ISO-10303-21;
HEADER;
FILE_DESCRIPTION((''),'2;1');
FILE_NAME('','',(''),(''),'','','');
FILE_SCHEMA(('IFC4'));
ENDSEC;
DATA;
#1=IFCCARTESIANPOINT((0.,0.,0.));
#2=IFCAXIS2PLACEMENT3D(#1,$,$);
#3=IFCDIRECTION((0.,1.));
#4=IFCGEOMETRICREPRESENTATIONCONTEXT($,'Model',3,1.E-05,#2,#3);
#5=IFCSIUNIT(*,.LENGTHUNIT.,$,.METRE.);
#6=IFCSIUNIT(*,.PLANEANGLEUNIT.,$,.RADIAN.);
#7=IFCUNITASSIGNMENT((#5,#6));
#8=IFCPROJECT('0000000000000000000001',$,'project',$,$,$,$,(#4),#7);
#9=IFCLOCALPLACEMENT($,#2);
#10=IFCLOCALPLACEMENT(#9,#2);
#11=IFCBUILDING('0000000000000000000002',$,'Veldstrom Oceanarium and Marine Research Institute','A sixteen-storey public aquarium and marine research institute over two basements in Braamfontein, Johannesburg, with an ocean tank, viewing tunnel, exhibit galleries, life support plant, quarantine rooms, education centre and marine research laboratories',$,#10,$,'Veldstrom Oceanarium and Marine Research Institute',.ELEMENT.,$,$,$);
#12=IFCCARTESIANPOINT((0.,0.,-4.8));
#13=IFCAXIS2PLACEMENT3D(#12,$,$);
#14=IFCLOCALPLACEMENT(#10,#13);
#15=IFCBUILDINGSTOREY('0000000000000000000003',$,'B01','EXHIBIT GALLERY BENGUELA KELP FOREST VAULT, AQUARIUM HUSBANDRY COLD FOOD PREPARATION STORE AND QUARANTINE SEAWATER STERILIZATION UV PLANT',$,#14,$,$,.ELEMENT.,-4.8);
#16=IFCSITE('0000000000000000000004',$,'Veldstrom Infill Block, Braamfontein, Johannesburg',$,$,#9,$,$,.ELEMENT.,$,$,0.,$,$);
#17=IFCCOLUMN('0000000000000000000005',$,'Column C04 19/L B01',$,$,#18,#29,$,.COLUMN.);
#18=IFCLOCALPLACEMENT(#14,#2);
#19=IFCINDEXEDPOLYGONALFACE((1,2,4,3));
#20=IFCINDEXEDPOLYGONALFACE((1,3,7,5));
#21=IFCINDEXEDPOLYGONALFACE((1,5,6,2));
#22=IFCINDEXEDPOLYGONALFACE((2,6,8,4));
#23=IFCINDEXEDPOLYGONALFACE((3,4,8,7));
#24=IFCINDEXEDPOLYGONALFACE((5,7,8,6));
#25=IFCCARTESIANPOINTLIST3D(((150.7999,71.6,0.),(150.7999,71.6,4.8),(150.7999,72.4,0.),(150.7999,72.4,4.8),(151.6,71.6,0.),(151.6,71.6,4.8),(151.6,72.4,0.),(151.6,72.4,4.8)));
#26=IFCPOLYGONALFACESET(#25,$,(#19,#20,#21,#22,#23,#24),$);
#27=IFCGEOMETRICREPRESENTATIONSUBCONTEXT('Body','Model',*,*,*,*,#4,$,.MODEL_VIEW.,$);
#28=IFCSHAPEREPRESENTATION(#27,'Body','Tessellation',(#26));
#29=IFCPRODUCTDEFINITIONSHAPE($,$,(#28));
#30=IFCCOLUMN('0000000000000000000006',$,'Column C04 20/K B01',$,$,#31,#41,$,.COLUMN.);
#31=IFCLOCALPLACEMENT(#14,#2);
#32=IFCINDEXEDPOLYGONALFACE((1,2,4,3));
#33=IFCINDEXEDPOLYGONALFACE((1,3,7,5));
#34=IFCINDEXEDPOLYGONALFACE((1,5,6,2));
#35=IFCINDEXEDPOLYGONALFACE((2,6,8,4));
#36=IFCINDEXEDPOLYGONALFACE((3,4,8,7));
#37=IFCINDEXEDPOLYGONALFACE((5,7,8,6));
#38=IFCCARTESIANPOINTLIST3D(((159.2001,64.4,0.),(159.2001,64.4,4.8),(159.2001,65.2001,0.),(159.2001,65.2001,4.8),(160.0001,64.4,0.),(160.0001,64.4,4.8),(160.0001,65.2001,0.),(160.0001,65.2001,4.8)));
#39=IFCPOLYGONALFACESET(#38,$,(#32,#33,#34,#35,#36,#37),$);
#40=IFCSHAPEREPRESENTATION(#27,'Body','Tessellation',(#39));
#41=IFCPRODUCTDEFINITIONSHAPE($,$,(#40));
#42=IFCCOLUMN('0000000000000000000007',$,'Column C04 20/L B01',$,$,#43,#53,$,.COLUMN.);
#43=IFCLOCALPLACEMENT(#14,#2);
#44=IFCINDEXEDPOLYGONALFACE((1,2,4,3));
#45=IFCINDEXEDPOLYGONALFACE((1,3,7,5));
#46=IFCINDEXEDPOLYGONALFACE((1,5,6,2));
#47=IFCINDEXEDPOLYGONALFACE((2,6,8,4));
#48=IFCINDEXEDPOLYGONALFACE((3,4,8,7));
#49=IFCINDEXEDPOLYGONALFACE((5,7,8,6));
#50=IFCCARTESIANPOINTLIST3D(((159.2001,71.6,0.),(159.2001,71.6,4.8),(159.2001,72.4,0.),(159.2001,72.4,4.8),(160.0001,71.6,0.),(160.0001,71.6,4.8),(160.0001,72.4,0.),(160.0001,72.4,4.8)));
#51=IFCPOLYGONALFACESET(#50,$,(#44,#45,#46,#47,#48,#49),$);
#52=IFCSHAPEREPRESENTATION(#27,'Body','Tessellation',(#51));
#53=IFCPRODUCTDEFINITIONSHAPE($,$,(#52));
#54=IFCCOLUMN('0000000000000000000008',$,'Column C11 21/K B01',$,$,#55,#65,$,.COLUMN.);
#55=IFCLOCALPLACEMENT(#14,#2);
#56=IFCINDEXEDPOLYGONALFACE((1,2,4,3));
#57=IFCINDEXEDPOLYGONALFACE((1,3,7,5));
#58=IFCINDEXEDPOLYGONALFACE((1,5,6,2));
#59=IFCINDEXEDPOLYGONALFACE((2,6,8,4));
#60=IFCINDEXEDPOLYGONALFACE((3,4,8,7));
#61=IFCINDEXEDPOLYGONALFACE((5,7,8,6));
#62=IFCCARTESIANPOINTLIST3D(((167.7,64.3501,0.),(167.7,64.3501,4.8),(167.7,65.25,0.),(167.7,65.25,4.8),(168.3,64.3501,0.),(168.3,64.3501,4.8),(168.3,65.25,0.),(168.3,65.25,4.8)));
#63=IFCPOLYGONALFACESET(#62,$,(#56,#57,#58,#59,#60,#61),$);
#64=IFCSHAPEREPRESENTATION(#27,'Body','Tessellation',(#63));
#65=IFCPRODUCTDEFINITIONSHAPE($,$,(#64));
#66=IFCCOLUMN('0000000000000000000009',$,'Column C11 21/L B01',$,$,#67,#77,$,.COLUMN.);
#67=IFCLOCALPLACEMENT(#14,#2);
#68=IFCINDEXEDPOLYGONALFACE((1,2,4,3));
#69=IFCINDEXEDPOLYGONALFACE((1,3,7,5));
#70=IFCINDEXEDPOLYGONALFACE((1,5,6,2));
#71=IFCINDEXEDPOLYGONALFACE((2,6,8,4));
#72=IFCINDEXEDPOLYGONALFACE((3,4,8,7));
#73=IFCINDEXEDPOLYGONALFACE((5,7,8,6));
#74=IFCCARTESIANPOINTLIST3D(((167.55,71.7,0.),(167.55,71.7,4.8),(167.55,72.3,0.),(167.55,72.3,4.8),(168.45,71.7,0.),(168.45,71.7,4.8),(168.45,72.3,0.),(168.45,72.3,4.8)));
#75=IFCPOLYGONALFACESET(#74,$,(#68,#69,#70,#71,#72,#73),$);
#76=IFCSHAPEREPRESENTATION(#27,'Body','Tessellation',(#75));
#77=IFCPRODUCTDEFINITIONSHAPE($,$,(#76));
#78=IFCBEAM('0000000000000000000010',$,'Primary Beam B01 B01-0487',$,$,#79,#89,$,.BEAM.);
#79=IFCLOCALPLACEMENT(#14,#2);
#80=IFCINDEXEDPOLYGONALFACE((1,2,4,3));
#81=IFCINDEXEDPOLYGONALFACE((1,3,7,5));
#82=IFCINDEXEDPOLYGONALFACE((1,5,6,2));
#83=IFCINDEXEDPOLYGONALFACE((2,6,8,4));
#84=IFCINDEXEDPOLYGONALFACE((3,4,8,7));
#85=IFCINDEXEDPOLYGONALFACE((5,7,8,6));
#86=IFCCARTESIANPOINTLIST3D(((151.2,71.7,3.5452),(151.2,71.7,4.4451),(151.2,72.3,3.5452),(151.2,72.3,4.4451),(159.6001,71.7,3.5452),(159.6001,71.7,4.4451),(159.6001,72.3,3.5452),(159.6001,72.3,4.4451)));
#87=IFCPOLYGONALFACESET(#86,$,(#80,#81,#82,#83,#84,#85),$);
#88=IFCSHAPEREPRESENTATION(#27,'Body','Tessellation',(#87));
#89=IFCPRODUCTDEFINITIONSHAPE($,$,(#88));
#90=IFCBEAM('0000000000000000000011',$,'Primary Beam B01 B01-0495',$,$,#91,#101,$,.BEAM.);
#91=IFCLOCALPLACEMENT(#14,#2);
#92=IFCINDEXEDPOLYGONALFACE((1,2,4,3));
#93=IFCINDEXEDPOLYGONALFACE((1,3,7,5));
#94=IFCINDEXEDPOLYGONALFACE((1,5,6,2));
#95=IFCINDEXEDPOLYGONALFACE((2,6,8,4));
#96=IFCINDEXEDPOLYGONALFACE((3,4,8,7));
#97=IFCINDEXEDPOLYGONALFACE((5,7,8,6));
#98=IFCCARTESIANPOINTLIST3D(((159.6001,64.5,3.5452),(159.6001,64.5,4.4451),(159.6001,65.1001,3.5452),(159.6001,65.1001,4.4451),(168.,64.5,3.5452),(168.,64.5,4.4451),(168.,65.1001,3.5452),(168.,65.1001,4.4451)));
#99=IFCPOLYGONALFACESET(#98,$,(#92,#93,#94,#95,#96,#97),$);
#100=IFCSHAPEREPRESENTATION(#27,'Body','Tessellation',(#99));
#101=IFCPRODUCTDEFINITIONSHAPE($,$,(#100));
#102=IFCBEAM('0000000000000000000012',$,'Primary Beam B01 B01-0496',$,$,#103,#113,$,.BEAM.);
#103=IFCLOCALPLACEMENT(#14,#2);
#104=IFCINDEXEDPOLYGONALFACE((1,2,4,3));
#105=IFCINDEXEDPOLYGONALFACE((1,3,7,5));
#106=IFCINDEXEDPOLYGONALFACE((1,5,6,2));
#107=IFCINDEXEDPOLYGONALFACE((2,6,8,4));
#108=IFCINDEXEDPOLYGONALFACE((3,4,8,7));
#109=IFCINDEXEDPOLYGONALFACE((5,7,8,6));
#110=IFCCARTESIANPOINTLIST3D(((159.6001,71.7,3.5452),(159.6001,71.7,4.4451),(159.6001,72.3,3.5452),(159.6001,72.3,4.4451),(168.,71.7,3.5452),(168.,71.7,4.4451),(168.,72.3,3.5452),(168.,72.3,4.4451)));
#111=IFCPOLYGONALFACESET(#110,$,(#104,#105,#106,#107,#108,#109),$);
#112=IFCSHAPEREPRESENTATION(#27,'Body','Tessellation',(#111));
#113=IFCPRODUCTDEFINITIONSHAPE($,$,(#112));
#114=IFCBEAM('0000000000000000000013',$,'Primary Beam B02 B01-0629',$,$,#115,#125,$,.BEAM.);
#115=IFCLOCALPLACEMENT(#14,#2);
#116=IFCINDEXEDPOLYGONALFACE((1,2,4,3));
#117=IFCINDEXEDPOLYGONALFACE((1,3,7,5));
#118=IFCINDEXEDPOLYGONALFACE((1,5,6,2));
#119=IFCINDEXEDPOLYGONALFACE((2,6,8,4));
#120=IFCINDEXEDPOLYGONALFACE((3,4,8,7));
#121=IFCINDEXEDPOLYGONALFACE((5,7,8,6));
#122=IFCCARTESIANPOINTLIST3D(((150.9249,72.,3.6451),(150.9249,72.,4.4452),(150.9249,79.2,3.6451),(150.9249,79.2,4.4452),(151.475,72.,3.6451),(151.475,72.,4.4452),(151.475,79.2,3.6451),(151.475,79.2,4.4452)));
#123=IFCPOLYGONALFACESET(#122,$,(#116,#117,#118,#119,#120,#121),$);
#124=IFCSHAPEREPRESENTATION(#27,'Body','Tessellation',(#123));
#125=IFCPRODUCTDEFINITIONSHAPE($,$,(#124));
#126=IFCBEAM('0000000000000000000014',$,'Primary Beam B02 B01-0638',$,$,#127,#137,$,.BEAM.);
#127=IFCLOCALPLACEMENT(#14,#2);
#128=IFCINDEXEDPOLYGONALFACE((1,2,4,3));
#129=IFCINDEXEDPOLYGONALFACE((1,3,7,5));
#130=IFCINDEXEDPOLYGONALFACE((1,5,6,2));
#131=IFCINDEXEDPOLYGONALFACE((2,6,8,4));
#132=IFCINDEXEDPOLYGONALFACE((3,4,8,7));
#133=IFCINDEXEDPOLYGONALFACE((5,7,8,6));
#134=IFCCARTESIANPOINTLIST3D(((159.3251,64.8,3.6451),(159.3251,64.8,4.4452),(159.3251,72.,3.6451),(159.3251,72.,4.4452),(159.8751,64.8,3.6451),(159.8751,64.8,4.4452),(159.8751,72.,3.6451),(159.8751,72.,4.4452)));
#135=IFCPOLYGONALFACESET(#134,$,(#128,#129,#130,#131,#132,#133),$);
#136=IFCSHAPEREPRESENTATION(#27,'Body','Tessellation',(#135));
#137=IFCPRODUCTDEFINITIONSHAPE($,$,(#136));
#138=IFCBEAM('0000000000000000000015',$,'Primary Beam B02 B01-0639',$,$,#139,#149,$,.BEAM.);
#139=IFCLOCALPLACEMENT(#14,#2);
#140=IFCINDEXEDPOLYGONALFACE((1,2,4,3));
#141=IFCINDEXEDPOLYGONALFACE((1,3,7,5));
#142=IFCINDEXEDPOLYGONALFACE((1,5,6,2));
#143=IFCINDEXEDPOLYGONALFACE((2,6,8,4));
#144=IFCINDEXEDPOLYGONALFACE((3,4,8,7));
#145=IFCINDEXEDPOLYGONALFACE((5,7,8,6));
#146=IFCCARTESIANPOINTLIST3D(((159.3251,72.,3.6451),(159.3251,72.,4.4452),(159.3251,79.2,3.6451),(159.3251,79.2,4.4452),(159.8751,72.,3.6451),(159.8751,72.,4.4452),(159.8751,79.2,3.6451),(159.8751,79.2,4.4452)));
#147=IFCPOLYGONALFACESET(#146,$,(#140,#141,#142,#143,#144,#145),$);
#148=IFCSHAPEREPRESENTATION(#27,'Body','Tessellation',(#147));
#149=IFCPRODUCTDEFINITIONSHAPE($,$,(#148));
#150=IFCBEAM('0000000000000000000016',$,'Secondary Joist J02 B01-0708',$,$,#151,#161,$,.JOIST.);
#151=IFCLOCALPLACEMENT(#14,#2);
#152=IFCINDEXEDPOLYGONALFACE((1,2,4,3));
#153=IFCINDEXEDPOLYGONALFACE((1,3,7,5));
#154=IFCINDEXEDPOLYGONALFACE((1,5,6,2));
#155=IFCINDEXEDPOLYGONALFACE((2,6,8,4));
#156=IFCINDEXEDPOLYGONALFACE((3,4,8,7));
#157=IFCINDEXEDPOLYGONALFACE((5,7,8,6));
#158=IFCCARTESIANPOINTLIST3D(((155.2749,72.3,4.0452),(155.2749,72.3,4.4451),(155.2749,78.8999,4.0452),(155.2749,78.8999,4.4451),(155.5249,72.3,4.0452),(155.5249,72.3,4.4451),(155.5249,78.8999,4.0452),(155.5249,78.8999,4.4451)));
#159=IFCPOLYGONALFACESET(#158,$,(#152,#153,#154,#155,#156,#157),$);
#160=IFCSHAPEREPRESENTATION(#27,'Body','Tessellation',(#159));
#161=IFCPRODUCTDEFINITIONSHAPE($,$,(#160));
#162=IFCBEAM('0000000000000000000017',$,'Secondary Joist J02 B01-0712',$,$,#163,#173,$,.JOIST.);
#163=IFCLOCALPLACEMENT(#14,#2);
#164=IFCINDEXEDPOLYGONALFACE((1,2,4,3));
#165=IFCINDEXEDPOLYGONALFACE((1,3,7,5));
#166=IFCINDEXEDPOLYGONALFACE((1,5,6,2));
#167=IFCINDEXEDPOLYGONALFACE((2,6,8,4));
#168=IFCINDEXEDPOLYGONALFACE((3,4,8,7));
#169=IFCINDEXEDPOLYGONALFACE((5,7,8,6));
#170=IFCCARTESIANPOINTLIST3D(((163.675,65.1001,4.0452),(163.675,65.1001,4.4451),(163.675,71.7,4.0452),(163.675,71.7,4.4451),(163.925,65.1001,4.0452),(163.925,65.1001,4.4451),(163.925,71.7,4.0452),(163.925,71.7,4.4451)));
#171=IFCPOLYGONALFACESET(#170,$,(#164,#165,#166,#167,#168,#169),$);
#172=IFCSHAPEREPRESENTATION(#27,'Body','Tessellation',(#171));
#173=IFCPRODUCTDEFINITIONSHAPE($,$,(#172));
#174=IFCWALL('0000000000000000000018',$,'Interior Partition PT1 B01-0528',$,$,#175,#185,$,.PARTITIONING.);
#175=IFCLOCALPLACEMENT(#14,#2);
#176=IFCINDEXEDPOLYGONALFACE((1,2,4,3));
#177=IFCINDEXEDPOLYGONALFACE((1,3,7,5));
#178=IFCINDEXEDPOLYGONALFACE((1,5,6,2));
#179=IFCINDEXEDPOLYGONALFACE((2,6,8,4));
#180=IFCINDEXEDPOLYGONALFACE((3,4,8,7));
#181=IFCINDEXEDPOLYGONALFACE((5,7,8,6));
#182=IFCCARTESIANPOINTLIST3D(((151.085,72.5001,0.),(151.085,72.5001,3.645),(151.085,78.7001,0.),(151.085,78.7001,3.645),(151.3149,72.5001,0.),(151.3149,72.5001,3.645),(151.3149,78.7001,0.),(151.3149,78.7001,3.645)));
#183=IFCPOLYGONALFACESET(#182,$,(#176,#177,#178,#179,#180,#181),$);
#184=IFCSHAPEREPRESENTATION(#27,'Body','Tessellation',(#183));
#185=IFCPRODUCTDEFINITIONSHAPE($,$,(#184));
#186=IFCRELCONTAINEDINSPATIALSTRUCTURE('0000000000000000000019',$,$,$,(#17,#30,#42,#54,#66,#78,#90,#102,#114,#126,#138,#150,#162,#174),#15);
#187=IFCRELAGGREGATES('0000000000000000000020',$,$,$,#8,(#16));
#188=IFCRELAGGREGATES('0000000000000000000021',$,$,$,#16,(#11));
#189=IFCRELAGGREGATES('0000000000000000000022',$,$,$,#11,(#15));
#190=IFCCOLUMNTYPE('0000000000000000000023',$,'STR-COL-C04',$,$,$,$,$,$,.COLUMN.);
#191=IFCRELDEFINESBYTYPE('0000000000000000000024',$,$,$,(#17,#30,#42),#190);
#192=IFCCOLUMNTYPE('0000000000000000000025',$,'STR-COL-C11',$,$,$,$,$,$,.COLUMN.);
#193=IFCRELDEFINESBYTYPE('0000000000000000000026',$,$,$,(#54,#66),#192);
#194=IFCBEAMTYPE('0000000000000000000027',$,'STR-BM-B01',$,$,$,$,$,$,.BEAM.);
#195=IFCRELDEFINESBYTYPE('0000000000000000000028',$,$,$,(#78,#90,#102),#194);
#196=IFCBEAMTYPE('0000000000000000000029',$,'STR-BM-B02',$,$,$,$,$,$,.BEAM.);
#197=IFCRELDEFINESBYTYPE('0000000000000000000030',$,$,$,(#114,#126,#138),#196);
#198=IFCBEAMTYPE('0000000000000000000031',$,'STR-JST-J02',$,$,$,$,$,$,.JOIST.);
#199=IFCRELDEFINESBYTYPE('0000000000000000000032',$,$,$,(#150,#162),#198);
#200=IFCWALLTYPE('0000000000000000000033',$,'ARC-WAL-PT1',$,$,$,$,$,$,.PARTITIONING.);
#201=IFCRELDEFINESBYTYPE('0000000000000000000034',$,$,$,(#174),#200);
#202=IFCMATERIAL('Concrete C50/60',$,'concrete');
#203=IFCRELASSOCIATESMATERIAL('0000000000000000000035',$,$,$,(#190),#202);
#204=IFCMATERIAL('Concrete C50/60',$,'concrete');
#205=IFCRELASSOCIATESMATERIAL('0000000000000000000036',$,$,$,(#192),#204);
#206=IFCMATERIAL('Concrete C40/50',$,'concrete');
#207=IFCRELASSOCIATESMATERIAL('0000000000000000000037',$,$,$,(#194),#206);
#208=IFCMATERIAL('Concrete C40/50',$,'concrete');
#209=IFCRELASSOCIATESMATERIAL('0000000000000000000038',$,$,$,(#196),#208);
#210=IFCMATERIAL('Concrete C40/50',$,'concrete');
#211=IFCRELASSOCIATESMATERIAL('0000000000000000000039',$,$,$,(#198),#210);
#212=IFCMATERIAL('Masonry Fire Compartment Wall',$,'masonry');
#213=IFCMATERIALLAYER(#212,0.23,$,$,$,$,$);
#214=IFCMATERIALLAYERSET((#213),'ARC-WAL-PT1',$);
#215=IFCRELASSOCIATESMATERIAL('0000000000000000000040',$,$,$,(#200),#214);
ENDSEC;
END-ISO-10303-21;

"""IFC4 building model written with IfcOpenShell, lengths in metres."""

from ifc_helpers import new_model, si_unit, direction, frame, frame_2d, origin, origin_2d, place, context, subcontext, project, spatial, rectangle, extrude, material, layer, layer_set, material_profile, profile_set, type_object, element, save


model = new_model("IFC4")

# Units and contexts
model_context = context("Model", 3, precision=1e-05, world=origin(), true_north=direction((0.0, 1.0)))
body_context = subcontext(model_context, "Body", "Model", "MODEL_VIEW")
ifc_project = project(units=[si_unit("LENGTHUNIT", "METRE"), si_unit("PLANEANGLEUNIT", "RADIAN")], contexts=[model_context])

# Site, building, storey
site_placement = place(None, origin())
site = spatial("IfcSite", under=ifc_project, at=site_placement, Name="Veldstrom Infill Block, Braamfontein, Johannesburg", CompositionType="ELEMENT", RefElevation=0.0)
building_placement = place(site_placement, origin())
building = spatial("IfcBuilding", under=site, at=building_placement, Name="Veldstrom Oceanarium and Marine Research Institute", Description="A sixteen-storey public aquarium and marine research institute over two basements in Braamfontein, Johannesburg, with an ocean tank, viewing tunnel, exhibit galleries, life support plant, quarantine rooms, education centre and marine research laboratories", LongName="Veldstrom Oceanarium and Marine Research Institute", CompositionType="ELEMENT")
storey_placement = place(building_placement, frame((0.0, 0.0, -4.8)))
storey = spatial("IfcBuildingStorey", under=building, at=storey_placement, Name="B01", Description="EXHIBIT GALLERY BENGUELA KELP FOREST VAULT, AQUARIUM HUSBANDRY COLD FOOD PREPARATION STORE AND QUARANTINE SEAWATER STERILIZATION UV PLANT", CompositionType="ELEMENT", Elevation=-4.8)

# Columns
ifc_material_1 = material(Name="Concrete C50/60", Category="concrete")
ifc_material_profile_1 = material_profile(ifc_material_1, rectangle(XDim=0.8, YDim=0.8, at=origin_2d()), Name="RC-COL-800x800")
ifc_profile_set_1 = profile_set([ifc_material_profile_1], Name="Concrete C50/60")
column_type_1 = type_object("IfcColumnType", Name="STR-COL-C04", PredefinedType="COLUMN", material=ifc_profile_set_1)
for number, where, z_axis, x_axis, name in (
    (1, (151.2, 72.0, 0.0), (0.0, 0.0, 1.0), (1.0, 0.0, 0.0), "Column C04 19/L B01"),
    (2, (159.6001, 64.8, 0.0), (0.0, 0.0, 1.0), (1.0, 0.0, 0.0), "Column C04 20/K B01"),
    (3, (159.6001, 72.0, 0.0), (0.0, 0.0, 1.0), (1.0, 0.0, 0.0), "Column C04 20/L B01"),
):
    element("IfcColumn", number, at=place(storey_placement, frame(where, z_axis=z_axis, x_axis=x_axis)), inside=storey, type_object=column_type_1, Name=name, PredefinedType="COLUMN", context=body_context, shape_type="SweptSolid", body=[
        extrude(rectangle(XDim=0.8, YDim=0.8, at=origin_2d()), origin(), (0.0, 0.0, 1.0), 4.8),
    ])
ifc_material_2 = material(Name="Concrete C50/60", Category="concrete")
ifc_material_profile_2 = material_profile(ifc_material_2, rectangle(XDim=0.6001, YDim=0.8999, at=origin_2d()), Name="RC-COL-900x600")
ifc_profile_set_2 = profile_set([ifc_material_profile_2], Name="Concrete C50/60")
column_type_2 = type_object("IfcColumnType", Name="STR-COL-C11", PredefinedType="COLUMN", material=ifc_profile_set_2)
for number, where, z_axis, x_axis, name in (
    (4, (168.0, 64.8, 0.0), (0.0, 0.0, 1.0), (1.0, 0.0, 0.0), "Column C11 21/K B01"),
    (5, (168.0, 72.0, 0.0), (0.0, 0.0, 1.0), (0.0, 1.0, 0.0), "Column C11 21/L B01"),
):
    element("IfcColumn", number, at=place(storey_placement, frame(where, z_axis=z_axis, x_axis=x_axis)), inside=storey, type_object=column_type_2, Name=name, PredefinedType="COLUMN", context=body_context, shape_type="SweptSolid", body=[
        extrude(rectangle(XDim=0.6001, YDim=0.8999, at=origin_2d()), origin(), (0.0, 0.0, 1.0), 4.8),
    ])

# Beams
ifc_material_3 = material(Name="Concrete C40/50", Category="concrete")
ifc_material_profile_3 = material_profile(ifc_material_3, rectangle(XDim=0.6001, YDim=0.8999, at=origin_2d()), Name="RC-BM-600x900")
ifc_profile_set_3 = profile_set([ifc_material_profile_3], Name="Concrete C40/50")
beam_type_1 = type_object("IfcBeamType", Name="STR-BM-B01", PredefinedType="BEAM", material=ifc_profile_set_3)
beam_placement = place(storey_placement, frame((151.2, 72.0, 3.9951), z_axis=(1.0, 0.0, 0.0), x_axis=(0.0, 1.0, 0.0)))
element("IfcBeam", 6, at=beam_placement, inside=storey, type_object=beam_type_1, Name="Primary Beam B01 B01-0487", PredefinedType="BEAM", context=body_context, shape_type="SweptSolid", body=[
    extrude(rectangle(XDim=0.6001, YDim=0.8999, at=origin_2d()), origin(), (0.0, 0.0, 1.0), 8.4001),
])
for number, where, z_axis, x_axis, name in (
    (7, (159.6001, 64.8, 3.9951), (1.0, 0.0, 0.0), (0.0, 1.0, 0.0), "Primary Beam B01 B01-0495"),
    (8, (159.6001, 72.0, 3.9951), (1.0, 0.0, 0.0), (0.0, 1.0, 0.0), "Primary Beam B01 B01-0496"),
):
    element("IfcBeam", number, at=place(storey_placement, frame(where, z_axis=z_axis, x_axis=x_axis)), inside=storey, type_object=beam_type_1, Name=name, PredefinedType="BEAM", context=body_context, shape_type="SweptSolid", body=[
        extrude(rectangle(XDim=0.6001, YDim=0.8999, at=origin_2d()), origin(), (0.0, 0.0, 1.0), 8.3999),
    ])
ifc_material_4 = material(Name="Concrete C40/50", Category="concrete")
ifc_material_profile_4 = material_profile(ifc_material_4, rectangle(XDim=0.55, YDim=0.8, at=origin_2d()), Name="RC-BM-550x800")
ifc_profile_set_4 = profile_set([ifc_material_profile_4], Name="Concrete C40/50")
beam_type_2 = type_object("IfcBeamType", Name="STR-BM-B02", PredefinedType="BEAM", material=ifc_profile_set_4)
for number, where, z_axis, x_axis, name in (
    (9, (151.2, 72.0, 4.0452), (0.0, 1.0, 0.0), (-1.0, 0.0, 0.0), "Primary Beam B02 B01-0629"),
    (10, (159.6001, 64.8, 4.0452), (0.0, 1.0, 0.0), (-1.0, 0.0, 0.0), "Primary Beam B02 B01-0638"),
    (11, (159.6001, 72.0, 4.0452), (0.0, 1.0, 0.0), (-1.0, 0.0, 0.0), "Primary Beam B02 B01-0639"),
):
    element("IfcBeam", number, at=place(storey_placement, frame(where, z_axis=z_axis, x_axis=x_axis)), inside=storey, type_object=beam_type_2, Name=name, PredefinedType="BEAM", context=body_context, shape_type="SweptSolid", body=[
        extrude(rectangle(XDim=0.55, YDim=0.8, at=origin_2d()), origin(), (0.0, 0.0, 1.0), 7.2),
    ])
ifc_material_5 = material(Name="Concrete C40/50", Category="concrete")
ifc_material_profile_5 = material_profile(ifc_material_5, rectangle(XDim=0.25, YDim=0.3999, at=origin_2d()), Name="RC-JST-250x400")
ifc_profile_set_5 = profile_set([ifc_material_profile_5], Name="Concrete C40/50")
beam_type_3 = type_object("IfcBeamType", Name="STR-JST-J02", PredefinedType="JOIST", material=ifc_profile_set_5)
for number, where, z_axis, x_axis, name in (
    (12, (155.3999, 72.3, 4.2451), (0.0, 1.0, 0.0), (-1.0, 0.0, 0.0), "Secondary Joist J02 B01-0708"),
    (13, (163.8, 65.1001, 4.2451), (0.0, 1.0, 0.0), (-1.0, 0.0, 0.0), "Secondary Joist J02 B01-0712"),
):
    element("IfcBeam", number, at=place(storey_placement, frame(where, z_axis=z_axis, x_axis=x_axis)), inside=storey, type_object=beam_type_3, Name=name, PredefinedType="JOIST", context=body_context, shape_type="SweptSolid", body=[
        extrude(rectangle(XDim=0.25, YDim=0.3999, at=origin_2d()), origin(), (0.0, 0.0, 1.0), 6.5999),
    ])

# Wall
ifc_material_6 = material(Name="Masonry Fire Compartment Wall", Category="masonry")
ifc_layer_1 = layer(ifc_material_6, 0.23)
ifc_layer_set_1 = layer_set([ifc_layer_1], Name="ARC-WAL-PT1")
wall_type_1 = type_object("IfcWallType", Name="ARC-WAL-PT1", PredefinedType="PARTITIONING", material=ifc_layer_set_1)
wall_1_placement = place(storey_placement, frame((151.2, 72.5, 0.0), z_axis=(0.0, 0.0, 1.0), x_axis=(0.0, 1.0, 0.0)))
element("IfcWall", 14, at=wall_1_placement, inside=storey, type_object=wall_type_1, Name="Interior Partition PT1 B01-0528", PredefinedType="PARTITIONING", context=body_context, shape_type="SweptSolid", body=[
    extrude(rectangle(XDim=6.2, YDim=0.23, at=frame_2d((3.1001, 0.0))), origin(), (0.0, 0.0, 1.0), 3.645),
])

save(model, "model.ifc")
